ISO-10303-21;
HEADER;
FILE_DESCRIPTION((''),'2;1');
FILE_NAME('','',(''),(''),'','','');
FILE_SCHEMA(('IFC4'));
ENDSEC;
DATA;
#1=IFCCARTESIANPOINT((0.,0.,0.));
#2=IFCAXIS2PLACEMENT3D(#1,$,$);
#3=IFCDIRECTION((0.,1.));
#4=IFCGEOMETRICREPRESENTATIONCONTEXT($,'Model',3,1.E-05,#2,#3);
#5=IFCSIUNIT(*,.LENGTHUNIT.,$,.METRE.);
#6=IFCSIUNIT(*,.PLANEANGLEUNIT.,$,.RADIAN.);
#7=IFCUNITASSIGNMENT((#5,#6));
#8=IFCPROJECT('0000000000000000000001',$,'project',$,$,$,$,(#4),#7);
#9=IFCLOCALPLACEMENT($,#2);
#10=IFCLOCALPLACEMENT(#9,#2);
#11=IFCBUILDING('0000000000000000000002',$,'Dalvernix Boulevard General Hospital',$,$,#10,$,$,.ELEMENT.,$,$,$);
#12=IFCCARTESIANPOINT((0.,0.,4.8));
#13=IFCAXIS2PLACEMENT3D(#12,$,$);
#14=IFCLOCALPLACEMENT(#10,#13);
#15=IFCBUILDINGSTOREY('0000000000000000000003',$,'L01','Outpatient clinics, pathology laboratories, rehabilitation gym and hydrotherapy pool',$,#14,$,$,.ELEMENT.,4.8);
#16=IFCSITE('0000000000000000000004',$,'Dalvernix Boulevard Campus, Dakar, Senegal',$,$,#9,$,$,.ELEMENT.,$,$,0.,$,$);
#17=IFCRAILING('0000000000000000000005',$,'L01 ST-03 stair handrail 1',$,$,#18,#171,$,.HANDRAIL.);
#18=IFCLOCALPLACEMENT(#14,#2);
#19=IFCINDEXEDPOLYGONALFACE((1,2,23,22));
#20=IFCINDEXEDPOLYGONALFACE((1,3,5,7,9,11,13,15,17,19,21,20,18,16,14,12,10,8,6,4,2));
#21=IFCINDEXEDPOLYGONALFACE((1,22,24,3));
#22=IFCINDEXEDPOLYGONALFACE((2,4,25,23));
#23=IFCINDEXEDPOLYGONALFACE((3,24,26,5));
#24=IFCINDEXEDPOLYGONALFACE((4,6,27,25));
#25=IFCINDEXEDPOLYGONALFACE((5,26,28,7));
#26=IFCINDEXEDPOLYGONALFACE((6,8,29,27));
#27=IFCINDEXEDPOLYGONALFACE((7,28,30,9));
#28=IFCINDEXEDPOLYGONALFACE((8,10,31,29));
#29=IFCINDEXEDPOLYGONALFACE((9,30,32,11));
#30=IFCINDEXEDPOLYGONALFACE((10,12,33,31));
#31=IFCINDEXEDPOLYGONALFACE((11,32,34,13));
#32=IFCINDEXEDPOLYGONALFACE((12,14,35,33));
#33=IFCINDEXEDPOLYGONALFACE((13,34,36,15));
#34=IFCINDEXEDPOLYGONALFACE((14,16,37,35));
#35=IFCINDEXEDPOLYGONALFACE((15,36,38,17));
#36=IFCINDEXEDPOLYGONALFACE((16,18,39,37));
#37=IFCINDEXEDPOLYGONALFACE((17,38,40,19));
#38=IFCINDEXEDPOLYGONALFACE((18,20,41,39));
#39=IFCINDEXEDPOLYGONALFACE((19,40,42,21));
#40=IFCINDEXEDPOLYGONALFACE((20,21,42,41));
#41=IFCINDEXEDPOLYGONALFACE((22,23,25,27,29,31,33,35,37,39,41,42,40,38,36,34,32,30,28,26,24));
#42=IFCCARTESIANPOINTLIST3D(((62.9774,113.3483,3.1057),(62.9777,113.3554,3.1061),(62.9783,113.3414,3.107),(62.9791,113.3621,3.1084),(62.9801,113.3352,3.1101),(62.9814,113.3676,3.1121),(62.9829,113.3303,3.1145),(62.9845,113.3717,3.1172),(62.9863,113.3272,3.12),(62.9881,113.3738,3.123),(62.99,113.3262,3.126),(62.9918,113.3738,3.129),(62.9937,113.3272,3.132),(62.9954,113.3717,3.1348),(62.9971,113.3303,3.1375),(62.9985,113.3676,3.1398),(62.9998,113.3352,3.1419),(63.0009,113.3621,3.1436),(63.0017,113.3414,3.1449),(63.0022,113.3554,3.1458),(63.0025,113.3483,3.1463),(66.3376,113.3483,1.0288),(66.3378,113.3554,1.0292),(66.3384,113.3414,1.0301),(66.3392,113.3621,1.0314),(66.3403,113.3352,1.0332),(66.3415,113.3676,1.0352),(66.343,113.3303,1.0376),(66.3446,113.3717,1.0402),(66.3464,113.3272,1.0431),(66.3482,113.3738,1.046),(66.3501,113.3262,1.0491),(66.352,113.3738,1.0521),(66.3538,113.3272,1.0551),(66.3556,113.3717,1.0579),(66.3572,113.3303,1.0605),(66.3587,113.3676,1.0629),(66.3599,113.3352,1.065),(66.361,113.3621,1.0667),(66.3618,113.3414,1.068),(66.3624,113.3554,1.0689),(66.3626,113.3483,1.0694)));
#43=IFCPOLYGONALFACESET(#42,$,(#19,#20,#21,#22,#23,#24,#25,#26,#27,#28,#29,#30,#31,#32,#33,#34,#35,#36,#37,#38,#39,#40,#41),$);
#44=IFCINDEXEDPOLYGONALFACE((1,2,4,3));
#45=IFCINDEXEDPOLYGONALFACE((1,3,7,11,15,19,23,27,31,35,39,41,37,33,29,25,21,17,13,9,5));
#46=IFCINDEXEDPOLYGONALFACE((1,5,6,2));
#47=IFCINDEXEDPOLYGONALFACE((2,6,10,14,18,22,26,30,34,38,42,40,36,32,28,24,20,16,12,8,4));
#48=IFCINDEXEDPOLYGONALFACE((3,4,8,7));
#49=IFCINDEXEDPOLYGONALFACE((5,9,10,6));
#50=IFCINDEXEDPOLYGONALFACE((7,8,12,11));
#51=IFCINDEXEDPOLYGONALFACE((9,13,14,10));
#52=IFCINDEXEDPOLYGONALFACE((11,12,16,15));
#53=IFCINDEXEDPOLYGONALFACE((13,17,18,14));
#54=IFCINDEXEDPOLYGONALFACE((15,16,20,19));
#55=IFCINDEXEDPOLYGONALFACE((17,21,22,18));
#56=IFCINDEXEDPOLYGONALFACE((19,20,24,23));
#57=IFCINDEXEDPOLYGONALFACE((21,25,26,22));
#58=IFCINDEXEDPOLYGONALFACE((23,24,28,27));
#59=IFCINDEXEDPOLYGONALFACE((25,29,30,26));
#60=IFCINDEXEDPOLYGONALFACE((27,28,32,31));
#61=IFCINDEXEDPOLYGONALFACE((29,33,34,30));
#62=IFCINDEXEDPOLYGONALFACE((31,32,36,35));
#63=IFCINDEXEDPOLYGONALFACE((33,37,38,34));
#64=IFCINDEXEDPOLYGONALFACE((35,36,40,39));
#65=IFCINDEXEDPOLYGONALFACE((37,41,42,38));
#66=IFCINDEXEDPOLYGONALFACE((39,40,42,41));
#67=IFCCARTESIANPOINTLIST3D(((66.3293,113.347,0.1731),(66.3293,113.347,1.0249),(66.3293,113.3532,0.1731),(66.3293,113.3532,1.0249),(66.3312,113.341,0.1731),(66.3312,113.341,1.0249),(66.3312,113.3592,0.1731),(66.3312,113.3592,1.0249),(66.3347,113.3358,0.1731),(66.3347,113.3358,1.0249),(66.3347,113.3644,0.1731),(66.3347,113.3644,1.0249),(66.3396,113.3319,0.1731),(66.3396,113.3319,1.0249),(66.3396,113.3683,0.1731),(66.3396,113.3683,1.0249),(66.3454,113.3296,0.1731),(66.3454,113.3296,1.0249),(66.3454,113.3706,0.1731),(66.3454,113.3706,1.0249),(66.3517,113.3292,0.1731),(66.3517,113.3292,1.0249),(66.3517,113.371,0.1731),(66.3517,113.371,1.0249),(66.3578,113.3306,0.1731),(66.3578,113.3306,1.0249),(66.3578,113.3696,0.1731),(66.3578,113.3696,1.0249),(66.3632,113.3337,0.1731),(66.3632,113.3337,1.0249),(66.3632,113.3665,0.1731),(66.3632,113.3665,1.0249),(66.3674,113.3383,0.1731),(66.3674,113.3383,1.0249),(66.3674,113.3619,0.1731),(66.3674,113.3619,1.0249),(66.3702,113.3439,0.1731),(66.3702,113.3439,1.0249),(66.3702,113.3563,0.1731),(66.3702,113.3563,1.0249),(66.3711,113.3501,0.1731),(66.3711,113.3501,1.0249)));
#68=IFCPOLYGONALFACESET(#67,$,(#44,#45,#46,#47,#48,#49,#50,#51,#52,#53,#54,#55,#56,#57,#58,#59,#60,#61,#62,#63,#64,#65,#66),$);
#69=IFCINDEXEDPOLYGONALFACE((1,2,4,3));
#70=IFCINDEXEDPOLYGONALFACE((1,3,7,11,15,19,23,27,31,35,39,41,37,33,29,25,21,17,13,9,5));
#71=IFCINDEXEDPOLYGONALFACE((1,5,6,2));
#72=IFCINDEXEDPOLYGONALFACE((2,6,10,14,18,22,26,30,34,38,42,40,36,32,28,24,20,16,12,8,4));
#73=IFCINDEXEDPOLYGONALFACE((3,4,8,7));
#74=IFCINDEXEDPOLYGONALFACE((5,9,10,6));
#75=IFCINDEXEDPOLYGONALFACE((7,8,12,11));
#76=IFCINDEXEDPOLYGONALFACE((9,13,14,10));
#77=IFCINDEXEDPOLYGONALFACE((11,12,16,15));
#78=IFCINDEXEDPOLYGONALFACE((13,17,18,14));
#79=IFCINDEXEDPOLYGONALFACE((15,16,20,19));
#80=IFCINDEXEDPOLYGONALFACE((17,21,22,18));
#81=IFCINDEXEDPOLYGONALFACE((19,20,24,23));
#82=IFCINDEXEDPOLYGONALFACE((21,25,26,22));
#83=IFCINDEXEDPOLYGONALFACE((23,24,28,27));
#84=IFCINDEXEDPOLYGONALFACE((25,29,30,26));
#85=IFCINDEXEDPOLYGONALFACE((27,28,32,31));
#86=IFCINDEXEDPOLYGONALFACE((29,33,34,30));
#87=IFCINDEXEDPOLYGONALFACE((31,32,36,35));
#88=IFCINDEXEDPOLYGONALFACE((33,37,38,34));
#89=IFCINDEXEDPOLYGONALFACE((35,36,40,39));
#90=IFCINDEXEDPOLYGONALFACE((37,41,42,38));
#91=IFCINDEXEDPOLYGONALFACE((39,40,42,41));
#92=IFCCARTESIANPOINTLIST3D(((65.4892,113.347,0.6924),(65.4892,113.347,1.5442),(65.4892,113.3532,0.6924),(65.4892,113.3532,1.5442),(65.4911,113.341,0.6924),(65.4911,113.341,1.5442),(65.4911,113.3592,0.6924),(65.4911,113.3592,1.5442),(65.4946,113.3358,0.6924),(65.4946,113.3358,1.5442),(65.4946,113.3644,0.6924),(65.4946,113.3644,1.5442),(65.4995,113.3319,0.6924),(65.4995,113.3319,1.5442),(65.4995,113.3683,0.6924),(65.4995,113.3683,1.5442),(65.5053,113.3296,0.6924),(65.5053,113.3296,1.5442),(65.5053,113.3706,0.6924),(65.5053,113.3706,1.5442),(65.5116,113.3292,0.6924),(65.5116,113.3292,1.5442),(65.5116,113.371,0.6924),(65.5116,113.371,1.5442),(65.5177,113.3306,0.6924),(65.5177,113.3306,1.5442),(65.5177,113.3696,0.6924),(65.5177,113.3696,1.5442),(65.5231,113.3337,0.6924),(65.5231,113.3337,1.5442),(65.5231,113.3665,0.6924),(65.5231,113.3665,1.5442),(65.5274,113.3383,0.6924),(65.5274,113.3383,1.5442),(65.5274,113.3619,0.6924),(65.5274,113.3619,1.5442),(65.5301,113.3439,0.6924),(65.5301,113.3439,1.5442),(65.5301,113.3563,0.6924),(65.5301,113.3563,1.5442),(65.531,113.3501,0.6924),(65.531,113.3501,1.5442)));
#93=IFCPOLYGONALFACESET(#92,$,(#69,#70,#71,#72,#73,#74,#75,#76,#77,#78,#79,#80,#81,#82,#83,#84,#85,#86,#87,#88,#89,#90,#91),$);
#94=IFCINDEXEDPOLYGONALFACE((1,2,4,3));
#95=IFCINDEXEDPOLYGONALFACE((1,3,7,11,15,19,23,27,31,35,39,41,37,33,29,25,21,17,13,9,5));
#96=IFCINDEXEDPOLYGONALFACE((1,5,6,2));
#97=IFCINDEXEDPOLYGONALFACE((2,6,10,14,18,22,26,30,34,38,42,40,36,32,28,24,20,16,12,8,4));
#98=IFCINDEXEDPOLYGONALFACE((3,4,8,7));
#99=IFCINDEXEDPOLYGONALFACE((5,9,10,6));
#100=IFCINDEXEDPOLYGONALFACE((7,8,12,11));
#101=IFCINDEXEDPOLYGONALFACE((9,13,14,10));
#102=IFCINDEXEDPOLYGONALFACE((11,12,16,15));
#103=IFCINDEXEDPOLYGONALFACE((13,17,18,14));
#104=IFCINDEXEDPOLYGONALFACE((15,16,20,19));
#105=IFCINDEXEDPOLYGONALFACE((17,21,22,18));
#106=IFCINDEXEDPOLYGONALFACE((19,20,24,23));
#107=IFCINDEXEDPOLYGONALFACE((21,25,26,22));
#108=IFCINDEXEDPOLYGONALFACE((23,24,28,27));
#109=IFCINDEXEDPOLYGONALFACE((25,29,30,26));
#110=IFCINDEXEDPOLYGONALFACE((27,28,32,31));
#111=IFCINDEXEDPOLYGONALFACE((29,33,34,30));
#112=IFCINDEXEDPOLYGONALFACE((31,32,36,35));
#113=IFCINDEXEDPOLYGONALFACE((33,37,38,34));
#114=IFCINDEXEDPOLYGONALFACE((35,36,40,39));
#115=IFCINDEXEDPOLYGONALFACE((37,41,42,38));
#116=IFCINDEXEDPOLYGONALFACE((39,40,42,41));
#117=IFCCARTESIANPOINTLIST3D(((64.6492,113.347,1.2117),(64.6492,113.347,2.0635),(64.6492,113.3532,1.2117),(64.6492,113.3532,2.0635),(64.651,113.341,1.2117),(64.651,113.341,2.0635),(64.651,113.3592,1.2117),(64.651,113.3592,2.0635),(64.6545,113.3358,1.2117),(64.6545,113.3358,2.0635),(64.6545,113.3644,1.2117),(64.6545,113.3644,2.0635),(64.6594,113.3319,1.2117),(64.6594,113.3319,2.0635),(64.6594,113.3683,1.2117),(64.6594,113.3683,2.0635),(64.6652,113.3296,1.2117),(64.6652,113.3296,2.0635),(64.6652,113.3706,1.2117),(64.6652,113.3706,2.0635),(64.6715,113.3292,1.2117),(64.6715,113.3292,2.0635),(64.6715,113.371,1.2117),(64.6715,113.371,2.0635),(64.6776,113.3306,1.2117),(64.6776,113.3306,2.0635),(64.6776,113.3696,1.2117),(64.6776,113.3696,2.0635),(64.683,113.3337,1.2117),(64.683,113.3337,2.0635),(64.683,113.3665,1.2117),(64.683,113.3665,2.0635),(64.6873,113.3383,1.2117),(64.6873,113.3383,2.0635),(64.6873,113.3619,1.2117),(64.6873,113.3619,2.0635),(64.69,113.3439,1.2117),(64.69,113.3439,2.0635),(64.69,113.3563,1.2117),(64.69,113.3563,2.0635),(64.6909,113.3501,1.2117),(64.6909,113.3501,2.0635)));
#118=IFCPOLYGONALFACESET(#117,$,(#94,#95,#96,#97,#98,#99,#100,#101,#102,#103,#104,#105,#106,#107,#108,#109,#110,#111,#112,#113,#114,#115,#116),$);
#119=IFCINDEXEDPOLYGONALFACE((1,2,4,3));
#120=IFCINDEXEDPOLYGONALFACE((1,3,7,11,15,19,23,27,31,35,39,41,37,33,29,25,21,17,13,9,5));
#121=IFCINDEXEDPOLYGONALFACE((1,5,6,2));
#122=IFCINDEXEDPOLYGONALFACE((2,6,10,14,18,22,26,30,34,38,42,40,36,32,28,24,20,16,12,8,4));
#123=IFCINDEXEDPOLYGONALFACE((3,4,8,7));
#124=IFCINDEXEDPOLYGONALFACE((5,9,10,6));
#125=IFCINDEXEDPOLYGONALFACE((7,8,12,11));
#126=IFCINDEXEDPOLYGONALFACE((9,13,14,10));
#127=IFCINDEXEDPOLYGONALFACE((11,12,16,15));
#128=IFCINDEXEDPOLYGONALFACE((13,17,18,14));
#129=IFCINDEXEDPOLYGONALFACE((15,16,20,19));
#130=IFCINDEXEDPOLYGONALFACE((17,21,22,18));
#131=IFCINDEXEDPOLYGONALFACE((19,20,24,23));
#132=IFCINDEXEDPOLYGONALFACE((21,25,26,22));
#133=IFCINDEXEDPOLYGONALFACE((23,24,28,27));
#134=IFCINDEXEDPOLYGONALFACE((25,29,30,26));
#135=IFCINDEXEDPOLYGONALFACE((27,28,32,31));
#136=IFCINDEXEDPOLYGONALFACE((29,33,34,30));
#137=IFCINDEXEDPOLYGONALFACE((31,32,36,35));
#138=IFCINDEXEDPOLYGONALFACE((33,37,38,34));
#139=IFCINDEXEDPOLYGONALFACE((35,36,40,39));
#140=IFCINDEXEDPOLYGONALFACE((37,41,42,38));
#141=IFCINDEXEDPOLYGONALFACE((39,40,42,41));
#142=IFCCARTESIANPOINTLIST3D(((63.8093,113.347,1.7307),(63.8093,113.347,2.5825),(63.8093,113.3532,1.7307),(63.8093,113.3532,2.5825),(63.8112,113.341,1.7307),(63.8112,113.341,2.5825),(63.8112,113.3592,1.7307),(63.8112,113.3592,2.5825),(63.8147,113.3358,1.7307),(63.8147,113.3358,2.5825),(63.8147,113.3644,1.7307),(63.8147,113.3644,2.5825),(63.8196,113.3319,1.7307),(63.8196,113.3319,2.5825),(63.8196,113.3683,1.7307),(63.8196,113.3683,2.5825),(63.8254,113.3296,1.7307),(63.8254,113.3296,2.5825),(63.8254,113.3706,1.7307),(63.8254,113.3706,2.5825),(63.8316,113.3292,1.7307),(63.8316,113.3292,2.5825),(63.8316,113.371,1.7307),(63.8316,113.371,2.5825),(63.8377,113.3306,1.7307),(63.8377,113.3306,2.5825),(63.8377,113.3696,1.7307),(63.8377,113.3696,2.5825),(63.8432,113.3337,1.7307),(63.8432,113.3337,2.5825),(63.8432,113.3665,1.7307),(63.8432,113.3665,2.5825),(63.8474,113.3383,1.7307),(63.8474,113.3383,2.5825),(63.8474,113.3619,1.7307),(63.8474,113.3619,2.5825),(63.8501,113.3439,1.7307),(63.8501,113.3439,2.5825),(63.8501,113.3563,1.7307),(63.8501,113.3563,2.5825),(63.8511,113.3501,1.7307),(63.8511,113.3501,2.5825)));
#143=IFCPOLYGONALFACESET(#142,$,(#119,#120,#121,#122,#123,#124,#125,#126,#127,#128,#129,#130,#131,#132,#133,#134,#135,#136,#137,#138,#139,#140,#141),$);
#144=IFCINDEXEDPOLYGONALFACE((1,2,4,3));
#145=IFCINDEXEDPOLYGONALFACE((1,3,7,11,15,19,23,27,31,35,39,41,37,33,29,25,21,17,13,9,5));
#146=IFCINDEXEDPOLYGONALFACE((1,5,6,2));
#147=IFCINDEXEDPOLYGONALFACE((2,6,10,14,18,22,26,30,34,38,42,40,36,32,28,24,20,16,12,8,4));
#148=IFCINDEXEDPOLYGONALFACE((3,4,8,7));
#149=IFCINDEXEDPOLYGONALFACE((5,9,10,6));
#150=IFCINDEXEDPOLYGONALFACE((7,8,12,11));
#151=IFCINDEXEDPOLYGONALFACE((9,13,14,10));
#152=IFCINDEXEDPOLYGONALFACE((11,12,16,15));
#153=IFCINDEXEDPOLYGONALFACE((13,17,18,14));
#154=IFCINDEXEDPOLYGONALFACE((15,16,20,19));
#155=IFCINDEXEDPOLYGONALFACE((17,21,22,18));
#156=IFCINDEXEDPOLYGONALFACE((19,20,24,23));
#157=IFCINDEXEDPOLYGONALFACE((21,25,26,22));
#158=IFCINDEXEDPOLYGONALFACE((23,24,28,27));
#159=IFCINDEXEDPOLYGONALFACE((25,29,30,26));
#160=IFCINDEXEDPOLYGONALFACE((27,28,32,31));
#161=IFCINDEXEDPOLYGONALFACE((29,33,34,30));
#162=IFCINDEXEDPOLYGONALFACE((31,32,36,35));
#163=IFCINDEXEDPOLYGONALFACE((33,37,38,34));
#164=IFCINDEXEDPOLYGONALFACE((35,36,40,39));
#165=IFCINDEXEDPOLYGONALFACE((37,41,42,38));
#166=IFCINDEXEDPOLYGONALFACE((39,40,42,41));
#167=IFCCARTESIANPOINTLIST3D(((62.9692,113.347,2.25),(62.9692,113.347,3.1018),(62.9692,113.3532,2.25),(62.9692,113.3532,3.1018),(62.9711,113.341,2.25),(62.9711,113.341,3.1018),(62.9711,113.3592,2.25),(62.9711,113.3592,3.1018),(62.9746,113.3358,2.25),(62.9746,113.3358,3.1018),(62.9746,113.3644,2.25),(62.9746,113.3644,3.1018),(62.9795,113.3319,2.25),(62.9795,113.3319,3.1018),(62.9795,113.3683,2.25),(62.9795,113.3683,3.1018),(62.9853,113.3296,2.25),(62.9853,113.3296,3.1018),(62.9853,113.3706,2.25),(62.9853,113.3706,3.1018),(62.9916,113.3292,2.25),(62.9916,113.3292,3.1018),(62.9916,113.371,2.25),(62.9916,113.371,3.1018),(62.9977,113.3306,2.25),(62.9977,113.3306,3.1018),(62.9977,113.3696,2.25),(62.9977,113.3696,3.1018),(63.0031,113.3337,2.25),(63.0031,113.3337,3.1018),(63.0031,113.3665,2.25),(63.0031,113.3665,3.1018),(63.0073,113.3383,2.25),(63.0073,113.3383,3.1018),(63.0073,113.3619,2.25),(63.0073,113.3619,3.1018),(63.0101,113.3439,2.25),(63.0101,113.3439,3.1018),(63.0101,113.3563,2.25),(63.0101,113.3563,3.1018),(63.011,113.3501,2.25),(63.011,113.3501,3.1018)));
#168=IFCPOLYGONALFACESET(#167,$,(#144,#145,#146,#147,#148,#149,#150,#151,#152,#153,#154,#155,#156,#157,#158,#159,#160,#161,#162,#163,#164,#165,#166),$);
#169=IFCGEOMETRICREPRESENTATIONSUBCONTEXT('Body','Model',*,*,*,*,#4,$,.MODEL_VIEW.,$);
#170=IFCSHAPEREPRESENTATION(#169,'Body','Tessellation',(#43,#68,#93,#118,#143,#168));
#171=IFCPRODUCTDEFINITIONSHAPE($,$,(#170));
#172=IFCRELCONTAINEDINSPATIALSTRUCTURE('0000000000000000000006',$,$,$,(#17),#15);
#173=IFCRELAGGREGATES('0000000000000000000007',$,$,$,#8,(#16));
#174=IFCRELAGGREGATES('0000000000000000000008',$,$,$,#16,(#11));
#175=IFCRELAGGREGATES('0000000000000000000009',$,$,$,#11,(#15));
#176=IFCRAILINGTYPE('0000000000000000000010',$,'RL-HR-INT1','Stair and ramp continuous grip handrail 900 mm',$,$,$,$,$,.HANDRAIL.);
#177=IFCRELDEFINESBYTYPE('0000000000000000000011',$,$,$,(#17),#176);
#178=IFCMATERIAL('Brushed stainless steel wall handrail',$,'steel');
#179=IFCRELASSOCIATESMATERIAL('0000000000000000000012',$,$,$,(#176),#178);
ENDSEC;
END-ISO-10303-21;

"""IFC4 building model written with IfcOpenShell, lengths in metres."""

from ifc_helpers import new_model, si_unit, direction, frame, origin, origin_2d, place, context, subcontext, project, spatial, circle, extrude, material, type_object, element, save


model = new_model("IFC4")

# Units and contexts
model_context = context("Model", 3, precision=1e-05, world=origin(), true_north=direction((0.0, 1.0)))
body_context = subcontext(model_context, "Body", "Model", "MODEL_VIEW")
ifc_project = project(units=[si_unit("LENGTHUNIT", "METRE"), si_unit("PLANEANGLEUNIT", "RADIAN")], contexts=[model_context])

# Site, building, storey
site_placement = place(None, origin())
site = spatial("IfcSite", under=ifc_project, at=site_placement, Name="Dalvernix Boulevard Campus, Dakar, Senegal", CompositionType="ELEMENT", RefElevation=0.0)
building_placement = place(site_placement, origin())
building = spatial("IfcBuilding", under=site, at=building_placement, Name="Dalvernix Boulevard General Hospital", CompositionType="ELEMENT")
storey_placement = place(building_placement, frame((0.0, 0.0, 4.8)))
storey = spatial("IfcBuildingStorey", under=building, at=storey_placement, Name="L01", Description="Outpatient clinics, pathology laboratories, rehabilitation gym and hydrotherapy pool", CompositionType="ELEMENT", Elevation=4.8)

# Railing
ifc_material_1 = material(Name="Brushed stainless steel wall handrail", Category="steel")
railing_type_1 = type_object("IfcRailingType", Name="RL-HR-INT1", Description="Stair and ramp continuous grip handrail 900 mm", PredefinedType="HANDRAIL", material=ifc_material_1)
railing_1_placement = place(storey_placement, frame((66.3501, 113.3501, 0.1731)))
element("IfcRailing", 1, at=railing_1_placement, inside=storey, type_object=railing_type_1, Name="L01 ST-03 stair handrail 1", PredefinedType="HANDRAIL", context=body_context, shape_type="SweptSolid", body=[
    extrude(circle(Radius=0.0239, at=origin_2d()), frame((0.0, 0.0, 0.876), z_axis=(-0.850623, 0.0, 0.525776), x_axis=(0.0, -1.0, 0.0)), (0.0, 0.0, 1.0), 3.9502),
    extrude(circle(Radius=0.021, at=origin_2d()), origin(), (0.0, 0.0, 1.0), 0.8518),
    extrude(circle(Radius=0.021, at=origin_2d()), frame((-0.8401, 0.0, 0.5193)), (0.0, 0.0, 1.0), 0.8518),
    extrude(circle(Radius=0.021, at=origin_2d()), frame((-1.6802, 0.0, 1.0386)), (0.0, 0.0, 1.0), 0.8518),
    extrude(circle(Radius=0.021, at=origin_2d()), frame((-2.52, 0.0, 1.5576)), (0.0, 0.0, 1.0), 0.8518),
    extrude(circle(Radius=0.021, at=origin_2d()), frame((-3.3601, 0.0, 2.0769)), (0.0, 0.0, 1.0), 0.8518),
])

save(model, "model.ifc")
